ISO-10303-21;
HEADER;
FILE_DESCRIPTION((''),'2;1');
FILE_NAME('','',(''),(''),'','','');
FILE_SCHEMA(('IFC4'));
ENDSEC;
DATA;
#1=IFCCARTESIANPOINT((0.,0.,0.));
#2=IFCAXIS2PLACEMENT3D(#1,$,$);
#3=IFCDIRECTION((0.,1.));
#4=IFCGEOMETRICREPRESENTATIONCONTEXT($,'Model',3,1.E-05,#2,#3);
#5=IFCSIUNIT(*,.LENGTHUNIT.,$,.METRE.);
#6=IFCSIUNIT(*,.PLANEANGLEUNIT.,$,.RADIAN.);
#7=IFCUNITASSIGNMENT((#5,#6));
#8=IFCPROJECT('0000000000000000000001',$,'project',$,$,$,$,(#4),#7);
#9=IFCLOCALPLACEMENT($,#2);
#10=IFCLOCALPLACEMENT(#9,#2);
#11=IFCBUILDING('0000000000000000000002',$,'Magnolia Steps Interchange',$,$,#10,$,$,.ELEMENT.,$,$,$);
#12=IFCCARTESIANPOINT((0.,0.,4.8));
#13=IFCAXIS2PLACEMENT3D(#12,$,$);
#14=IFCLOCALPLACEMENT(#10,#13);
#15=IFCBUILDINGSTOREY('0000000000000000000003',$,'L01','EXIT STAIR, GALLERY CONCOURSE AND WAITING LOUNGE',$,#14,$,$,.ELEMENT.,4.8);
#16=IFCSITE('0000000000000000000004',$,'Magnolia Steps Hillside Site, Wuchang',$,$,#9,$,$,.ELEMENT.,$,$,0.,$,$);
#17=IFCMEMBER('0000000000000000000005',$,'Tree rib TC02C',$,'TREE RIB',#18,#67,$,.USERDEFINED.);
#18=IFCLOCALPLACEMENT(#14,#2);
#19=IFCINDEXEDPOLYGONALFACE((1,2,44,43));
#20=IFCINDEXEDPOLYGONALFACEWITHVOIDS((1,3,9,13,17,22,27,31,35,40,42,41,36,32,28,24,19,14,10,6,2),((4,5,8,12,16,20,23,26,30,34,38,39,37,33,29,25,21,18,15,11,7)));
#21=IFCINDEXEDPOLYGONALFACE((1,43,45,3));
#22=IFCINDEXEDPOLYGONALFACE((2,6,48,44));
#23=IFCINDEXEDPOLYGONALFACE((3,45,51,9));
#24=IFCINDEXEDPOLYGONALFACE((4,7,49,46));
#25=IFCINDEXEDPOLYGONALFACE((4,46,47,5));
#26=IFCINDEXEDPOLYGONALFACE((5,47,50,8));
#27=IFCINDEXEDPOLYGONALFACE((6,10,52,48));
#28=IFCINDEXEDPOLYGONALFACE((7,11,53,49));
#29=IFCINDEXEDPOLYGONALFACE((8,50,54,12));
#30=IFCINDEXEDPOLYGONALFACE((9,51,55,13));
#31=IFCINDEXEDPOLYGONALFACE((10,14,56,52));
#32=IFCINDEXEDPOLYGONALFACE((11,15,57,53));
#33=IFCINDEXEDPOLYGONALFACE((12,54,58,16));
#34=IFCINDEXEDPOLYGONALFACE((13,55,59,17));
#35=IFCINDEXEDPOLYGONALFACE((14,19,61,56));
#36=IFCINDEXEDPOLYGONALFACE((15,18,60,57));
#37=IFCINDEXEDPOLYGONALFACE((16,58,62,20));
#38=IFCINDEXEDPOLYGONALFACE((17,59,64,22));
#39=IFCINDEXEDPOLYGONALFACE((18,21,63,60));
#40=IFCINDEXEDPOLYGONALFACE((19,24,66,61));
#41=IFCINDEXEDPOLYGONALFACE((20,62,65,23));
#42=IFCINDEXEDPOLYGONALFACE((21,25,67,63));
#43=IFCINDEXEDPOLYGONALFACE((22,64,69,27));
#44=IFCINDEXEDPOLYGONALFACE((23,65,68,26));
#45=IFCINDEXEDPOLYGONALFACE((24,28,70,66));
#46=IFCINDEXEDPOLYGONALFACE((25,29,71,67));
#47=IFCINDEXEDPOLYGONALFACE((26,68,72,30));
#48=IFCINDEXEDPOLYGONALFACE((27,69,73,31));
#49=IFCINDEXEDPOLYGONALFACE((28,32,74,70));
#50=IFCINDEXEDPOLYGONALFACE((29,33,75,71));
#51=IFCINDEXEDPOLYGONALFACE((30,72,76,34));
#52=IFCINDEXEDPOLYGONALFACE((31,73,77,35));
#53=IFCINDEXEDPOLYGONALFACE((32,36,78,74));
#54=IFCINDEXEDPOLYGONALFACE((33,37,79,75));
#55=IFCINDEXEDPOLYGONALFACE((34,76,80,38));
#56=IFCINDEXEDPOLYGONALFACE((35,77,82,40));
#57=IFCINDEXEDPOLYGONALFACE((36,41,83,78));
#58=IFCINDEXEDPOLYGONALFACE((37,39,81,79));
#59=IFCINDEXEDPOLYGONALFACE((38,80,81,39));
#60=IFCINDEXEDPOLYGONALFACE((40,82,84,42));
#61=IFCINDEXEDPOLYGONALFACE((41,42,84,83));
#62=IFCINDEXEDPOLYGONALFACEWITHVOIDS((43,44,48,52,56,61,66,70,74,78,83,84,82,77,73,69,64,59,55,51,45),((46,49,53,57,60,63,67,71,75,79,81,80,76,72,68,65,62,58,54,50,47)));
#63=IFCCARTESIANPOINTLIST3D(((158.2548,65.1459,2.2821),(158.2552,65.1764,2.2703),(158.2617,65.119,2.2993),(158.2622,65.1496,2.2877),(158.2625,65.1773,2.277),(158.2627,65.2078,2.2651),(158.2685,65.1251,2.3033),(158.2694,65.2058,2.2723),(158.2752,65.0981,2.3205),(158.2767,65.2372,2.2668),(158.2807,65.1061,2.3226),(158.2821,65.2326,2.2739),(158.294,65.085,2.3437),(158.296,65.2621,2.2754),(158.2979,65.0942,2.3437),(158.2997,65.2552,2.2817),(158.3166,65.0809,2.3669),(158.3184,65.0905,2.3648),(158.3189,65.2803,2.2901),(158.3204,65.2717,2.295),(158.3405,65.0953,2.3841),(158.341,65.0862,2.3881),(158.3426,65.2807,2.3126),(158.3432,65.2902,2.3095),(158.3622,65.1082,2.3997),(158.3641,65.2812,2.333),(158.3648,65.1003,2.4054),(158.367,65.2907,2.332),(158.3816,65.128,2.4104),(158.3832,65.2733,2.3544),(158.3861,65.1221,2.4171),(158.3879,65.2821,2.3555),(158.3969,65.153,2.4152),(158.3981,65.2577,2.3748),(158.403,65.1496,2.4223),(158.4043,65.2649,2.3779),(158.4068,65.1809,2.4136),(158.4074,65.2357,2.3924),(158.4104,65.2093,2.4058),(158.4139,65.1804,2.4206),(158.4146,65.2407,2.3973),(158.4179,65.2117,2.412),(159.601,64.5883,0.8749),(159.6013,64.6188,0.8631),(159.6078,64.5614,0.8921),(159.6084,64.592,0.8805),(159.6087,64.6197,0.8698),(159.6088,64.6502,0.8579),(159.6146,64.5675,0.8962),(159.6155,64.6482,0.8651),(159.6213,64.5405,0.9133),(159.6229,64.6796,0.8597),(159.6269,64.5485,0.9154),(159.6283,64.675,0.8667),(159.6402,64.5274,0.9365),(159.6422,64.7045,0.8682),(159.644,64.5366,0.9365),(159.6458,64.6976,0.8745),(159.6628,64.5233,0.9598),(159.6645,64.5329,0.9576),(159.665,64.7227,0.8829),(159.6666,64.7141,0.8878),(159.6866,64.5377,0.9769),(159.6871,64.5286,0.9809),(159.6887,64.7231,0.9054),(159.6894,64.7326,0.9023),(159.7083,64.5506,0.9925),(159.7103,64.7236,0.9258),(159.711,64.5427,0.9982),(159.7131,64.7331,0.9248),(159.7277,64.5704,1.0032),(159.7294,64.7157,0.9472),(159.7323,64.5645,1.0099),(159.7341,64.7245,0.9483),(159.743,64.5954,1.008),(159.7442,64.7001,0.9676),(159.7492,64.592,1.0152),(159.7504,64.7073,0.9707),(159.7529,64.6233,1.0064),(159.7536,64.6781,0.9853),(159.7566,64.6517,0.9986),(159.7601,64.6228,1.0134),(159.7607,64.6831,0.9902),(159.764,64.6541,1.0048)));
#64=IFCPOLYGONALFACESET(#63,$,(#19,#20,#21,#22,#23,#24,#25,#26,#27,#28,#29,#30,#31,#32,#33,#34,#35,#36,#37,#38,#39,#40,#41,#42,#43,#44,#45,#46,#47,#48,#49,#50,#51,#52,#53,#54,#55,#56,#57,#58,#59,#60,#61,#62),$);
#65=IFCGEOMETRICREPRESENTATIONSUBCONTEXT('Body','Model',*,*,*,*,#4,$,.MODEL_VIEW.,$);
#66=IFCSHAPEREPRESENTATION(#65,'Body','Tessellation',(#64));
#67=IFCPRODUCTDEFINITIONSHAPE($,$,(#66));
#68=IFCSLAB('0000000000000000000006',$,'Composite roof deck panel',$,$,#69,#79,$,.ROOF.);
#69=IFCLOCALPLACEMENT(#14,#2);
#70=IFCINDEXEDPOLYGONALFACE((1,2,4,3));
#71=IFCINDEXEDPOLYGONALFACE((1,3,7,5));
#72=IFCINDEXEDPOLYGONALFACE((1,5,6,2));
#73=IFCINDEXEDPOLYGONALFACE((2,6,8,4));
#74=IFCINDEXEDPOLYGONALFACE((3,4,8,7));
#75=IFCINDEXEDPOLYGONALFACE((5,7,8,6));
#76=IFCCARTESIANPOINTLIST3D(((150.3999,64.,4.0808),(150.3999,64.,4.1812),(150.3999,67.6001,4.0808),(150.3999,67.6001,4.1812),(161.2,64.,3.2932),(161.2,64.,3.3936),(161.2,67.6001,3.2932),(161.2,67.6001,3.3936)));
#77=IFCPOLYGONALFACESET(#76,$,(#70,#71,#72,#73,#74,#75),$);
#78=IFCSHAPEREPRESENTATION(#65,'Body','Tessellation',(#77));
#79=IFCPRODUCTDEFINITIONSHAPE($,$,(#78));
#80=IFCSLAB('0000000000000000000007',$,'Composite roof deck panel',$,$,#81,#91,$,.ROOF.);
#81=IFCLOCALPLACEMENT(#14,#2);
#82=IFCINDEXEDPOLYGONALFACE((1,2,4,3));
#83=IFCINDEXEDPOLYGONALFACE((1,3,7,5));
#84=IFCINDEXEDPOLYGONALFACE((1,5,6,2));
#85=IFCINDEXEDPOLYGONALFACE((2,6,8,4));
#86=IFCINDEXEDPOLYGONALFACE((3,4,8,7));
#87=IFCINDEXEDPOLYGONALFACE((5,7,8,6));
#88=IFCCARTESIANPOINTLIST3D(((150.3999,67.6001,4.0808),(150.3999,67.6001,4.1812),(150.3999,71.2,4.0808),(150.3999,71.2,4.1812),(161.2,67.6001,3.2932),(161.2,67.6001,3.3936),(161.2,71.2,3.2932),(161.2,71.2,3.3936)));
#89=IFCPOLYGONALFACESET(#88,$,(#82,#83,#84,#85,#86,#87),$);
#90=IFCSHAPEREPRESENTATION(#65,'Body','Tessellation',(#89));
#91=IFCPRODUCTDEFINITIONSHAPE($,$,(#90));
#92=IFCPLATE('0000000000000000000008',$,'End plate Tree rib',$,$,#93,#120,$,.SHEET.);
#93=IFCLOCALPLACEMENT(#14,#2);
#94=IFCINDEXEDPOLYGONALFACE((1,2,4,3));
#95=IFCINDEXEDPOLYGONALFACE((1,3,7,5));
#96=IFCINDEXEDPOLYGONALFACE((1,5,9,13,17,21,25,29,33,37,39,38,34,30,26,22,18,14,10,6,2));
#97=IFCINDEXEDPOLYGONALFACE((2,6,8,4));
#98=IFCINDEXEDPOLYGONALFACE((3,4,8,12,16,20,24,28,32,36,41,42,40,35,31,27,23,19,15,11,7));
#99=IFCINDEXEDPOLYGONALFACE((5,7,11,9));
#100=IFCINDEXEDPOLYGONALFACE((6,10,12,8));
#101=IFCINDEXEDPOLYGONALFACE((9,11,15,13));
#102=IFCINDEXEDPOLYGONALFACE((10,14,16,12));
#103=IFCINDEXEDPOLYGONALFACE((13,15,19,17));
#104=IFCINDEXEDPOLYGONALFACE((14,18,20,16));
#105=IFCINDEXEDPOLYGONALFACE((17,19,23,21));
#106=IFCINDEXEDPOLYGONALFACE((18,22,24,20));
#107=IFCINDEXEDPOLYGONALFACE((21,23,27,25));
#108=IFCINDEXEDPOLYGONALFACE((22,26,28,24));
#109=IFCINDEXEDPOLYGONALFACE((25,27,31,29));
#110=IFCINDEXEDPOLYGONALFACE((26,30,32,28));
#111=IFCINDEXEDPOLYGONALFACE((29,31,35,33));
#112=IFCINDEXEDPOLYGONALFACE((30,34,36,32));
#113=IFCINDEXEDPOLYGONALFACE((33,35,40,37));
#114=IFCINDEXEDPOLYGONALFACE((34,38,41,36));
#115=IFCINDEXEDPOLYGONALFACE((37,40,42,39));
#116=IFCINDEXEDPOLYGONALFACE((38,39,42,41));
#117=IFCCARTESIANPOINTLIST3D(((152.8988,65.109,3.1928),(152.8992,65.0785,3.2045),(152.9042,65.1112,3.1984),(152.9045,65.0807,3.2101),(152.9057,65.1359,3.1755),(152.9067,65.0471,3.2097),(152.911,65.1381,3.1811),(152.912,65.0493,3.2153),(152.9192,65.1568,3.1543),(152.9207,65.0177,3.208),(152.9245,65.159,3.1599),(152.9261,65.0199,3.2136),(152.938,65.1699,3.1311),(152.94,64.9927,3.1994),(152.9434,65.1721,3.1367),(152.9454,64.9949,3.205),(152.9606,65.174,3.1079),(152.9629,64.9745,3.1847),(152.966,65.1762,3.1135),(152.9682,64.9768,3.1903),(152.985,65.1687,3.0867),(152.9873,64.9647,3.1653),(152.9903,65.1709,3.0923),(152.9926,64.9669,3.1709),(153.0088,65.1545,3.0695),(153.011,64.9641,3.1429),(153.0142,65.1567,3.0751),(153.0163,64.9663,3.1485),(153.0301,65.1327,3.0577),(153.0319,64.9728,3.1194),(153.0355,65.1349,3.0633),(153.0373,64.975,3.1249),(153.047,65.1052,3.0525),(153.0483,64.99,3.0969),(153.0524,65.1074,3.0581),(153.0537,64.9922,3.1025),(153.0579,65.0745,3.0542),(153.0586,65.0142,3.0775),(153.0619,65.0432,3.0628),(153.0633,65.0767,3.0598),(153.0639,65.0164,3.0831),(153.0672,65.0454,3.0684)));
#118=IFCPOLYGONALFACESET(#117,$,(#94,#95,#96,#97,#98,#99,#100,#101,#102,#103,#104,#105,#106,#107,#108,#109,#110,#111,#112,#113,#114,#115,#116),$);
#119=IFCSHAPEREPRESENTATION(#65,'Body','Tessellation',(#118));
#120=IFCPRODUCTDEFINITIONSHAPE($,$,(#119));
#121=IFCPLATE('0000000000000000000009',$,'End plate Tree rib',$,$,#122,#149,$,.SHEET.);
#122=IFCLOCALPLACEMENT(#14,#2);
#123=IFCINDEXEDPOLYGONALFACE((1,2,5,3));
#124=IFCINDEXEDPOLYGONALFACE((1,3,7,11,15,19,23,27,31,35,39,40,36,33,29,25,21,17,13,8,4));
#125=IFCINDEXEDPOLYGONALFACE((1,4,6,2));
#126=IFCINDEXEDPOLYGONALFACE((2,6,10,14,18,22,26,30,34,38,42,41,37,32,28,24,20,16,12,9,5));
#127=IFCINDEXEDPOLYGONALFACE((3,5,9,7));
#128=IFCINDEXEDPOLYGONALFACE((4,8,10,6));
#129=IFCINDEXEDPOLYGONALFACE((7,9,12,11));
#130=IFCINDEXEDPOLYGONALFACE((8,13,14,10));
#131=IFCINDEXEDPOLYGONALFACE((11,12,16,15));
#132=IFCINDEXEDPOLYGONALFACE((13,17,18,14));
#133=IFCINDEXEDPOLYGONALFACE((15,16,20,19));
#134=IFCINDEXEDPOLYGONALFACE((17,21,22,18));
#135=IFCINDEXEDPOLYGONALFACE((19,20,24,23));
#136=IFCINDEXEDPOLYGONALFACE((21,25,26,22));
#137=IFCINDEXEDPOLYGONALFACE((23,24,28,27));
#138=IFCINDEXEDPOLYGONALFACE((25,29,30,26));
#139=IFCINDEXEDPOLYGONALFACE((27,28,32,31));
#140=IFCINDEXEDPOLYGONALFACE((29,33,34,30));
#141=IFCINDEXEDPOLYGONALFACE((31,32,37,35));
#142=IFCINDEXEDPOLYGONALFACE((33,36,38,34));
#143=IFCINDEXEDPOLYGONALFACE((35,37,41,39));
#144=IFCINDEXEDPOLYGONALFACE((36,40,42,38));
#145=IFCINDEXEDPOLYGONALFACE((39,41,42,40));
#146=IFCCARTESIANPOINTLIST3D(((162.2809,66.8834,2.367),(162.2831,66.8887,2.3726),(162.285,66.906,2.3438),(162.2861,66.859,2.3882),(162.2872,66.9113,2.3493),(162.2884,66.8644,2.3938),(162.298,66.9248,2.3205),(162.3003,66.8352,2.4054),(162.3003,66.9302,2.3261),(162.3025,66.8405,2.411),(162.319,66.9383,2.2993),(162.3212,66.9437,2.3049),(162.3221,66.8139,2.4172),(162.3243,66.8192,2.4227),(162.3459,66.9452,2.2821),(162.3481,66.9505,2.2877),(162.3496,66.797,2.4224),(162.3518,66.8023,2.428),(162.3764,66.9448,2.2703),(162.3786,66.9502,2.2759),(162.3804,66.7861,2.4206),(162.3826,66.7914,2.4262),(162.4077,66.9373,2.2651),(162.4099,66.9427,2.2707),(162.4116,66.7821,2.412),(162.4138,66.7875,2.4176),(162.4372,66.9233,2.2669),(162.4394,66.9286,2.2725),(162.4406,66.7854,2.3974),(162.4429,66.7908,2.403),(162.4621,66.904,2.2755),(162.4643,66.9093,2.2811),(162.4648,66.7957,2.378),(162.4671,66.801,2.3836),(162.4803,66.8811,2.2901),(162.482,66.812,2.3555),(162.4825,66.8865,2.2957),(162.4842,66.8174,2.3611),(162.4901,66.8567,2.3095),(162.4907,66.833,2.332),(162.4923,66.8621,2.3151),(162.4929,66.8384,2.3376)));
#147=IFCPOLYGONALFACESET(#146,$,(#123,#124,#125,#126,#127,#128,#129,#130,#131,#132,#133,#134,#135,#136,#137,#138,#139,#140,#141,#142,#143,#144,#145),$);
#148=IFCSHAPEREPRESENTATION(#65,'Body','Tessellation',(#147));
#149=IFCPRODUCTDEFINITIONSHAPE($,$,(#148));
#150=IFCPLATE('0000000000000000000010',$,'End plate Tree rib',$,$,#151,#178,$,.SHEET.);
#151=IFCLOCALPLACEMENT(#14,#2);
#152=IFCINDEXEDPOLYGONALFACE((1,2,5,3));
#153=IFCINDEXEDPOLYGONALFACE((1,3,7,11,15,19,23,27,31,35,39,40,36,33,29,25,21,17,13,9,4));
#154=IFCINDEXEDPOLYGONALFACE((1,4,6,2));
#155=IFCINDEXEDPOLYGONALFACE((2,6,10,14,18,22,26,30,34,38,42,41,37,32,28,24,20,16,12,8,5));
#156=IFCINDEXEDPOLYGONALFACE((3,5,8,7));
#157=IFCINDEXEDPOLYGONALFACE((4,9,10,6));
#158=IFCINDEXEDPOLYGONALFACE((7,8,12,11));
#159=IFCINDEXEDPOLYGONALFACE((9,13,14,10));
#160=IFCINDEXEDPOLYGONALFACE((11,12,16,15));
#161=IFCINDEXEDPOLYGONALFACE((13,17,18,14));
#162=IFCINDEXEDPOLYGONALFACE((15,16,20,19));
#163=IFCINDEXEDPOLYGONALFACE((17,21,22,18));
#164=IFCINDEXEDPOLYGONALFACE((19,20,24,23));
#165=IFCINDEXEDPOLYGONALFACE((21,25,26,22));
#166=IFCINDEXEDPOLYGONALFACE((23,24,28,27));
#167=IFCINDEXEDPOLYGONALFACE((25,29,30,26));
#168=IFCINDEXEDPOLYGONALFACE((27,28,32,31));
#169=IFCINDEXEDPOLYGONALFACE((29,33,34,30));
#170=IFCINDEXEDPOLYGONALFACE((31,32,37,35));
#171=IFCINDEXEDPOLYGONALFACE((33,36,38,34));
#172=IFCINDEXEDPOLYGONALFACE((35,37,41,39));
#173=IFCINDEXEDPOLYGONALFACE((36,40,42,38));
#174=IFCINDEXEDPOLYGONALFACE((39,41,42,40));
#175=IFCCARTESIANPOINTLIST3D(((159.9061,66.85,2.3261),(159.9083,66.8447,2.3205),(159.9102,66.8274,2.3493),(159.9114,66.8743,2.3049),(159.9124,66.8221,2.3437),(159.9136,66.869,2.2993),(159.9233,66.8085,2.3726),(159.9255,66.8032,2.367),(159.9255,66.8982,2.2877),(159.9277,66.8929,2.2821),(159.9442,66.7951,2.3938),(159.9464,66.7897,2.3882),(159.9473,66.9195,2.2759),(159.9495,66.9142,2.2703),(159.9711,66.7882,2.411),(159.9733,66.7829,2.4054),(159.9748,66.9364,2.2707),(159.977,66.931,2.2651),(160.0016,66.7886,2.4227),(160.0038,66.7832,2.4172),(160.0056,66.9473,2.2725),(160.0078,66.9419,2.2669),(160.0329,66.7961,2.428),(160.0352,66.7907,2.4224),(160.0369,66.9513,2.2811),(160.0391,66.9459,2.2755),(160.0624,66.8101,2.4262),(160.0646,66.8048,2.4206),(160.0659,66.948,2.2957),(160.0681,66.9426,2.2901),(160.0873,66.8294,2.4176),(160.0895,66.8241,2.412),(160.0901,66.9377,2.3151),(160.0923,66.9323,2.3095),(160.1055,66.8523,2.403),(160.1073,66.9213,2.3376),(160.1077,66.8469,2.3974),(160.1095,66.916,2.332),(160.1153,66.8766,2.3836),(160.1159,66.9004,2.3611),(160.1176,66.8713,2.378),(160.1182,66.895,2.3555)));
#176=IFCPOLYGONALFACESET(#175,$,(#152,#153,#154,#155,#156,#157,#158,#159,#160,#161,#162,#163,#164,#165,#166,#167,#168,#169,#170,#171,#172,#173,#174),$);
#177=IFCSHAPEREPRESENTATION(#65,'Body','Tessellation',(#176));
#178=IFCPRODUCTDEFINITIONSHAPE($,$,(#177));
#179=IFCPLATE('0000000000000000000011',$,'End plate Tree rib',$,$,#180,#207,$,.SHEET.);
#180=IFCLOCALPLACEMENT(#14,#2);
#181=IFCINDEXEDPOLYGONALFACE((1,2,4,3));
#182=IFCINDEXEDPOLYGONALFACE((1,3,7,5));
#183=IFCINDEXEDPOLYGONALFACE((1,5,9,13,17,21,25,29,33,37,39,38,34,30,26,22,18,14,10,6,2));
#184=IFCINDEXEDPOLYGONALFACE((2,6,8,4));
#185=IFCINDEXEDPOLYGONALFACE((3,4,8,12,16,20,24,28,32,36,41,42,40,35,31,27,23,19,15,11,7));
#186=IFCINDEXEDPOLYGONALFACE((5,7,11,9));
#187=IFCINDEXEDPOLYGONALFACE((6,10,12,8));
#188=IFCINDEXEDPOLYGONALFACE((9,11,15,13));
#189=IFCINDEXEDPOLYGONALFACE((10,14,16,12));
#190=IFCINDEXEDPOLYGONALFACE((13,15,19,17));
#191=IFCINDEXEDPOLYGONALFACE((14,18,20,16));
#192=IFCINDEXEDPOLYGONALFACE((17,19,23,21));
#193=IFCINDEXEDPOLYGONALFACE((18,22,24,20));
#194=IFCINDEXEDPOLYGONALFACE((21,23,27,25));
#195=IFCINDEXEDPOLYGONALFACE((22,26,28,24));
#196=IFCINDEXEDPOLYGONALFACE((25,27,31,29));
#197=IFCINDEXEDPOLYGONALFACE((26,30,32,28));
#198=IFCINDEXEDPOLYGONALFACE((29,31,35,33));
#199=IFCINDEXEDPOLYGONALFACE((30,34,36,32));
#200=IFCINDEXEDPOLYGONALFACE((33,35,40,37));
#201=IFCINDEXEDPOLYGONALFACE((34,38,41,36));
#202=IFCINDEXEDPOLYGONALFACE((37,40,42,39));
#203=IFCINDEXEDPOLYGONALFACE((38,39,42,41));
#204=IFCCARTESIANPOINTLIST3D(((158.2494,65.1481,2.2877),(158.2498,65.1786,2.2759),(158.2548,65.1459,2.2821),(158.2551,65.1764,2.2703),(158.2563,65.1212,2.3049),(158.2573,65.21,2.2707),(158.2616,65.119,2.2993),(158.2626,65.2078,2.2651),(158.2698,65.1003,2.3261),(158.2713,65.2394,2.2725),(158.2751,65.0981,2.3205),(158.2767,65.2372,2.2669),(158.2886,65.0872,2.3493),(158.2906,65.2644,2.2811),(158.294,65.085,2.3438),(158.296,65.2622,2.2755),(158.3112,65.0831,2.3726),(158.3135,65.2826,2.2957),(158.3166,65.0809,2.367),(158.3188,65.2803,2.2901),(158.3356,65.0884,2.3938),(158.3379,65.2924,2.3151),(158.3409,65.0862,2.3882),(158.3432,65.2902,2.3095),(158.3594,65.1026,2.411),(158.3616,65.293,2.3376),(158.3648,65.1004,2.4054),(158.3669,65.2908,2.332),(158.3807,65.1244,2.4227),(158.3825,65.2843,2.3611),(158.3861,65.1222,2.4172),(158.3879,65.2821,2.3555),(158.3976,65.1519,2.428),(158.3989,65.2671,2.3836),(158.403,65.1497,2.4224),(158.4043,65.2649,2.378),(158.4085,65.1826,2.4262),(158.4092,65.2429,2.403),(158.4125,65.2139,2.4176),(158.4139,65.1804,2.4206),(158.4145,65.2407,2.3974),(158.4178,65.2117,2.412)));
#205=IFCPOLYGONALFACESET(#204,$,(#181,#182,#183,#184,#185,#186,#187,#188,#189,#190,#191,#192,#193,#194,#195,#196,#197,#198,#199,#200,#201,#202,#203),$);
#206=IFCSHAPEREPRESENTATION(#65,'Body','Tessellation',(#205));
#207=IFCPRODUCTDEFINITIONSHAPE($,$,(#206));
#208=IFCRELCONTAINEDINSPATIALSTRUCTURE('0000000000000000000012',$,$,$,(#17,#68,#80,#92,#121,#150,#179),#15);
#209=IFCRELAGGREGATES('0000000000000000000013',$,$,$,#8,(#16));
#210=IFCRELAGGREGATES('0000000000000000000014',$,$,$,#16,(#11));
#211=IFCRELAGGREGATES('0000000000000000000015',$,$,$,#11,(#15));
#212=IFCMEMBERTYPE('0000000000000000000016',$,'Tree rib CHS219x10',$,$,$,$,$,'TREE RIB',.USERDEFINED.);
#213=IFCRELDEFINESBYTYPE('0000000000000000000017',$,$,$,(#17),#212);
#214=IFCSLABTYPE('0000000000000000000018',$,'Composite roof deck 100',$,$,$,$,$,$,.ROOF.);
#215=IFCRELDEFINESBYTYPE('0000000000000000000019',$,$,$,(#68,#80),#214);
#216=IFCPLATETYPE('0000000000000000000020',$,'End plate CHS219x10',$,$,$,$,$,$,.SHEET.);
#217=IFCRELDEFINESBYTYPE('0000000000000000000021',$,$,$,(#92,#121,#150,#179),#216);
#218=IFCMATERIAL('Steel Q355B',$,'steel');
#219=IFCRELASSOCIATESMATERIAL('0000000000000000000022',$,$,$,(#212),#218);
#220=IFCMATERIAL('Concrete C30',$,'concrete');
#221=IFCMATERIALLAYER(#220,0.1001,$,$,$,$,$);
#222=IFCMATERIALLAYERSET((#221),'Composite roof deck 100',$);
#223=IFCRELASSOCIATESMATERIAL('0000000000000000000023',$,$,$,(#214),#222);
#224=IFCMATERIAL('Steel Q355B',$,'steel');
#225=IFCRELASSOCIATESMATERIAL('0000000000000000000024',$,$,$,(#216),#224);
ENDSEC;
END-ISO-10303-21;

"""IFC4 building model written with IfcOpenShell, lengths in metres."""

from ifc_helpers import new_model, si_unit, direction, frame, origin, origin_2d, place, context, subcontext, project, spatial, polyline, circle, hollow_circle, outline, extrude, material, layer, layer_set, material_profile, profile_set, type_object, element, save


model = new_model("IFC4")

# Units and contexts
model_context = context("Model", 3, precision=1e-05, world=origin(), true_north=direction((0.0, 1.0)))
body_context = subcontext(model_context, "Body", "Model", "MODEL_VIEW")
ifc_project = project(units=[si_unit("LENGTHUNIT", "METRE"), si_unit("PLANEANGLEUNIT", "RADIAN")], contexts=[model_context])

# Site, building, storey
site_placement = place(None, origin())
site = spatial("IfcSite", under=ifc_project, at=site_placement, Name="Magnolia Steps Hillside Site, Wuchang", CompositionType="ELEMENT", RefElevation=0.0)
building_placement = place(site_placement, origin())
building = spatial("IfcBuilding", under=site, at=building_placement, Name="Magnolia Steps Interchange", CompositionType="ELEMENT")
storey_placement = place(building_placement, frame((0.0, 0.0, 4.8)))
storey = spatial("IfcBuildingStorey", under=building, at=storey_placement, Name="L01", Description="EXIT STAIR, GALLERY CONCOURSE AND WAITING LOUNGE", CompositionType="ELEMENT", Elevation=4.8)

# Member
ifc_material_1 = material(Name="Steel Q355B", Category="steel")
ifc_material_profile_1 = material_profile(ifc_material_1, hollow_circle(Radius=0.1096, WallThickness=0.01, at=origin_2d()), Name="CHS219x10")
ifc_profile_set_1 = profile_set([ifc_material_profile_1], Name="Steel Q355B")
member_type = type_object("IfcMemberType", Name="Tree rib CHS219x10", ElementType="TREE RIB", PredefinedType="USERDEFINED", material=ifc_profile_set_1)
member_1_placement = place(storey_placement, frame((159.6821, 64.6287, 0.9365), z_axis=(-0.664557, 0.275272, 0.694687), x_axis=(-0.382687, -0.923878, 0.0)))
element("IfcMember", 1, at=member_1_placement, inside=storey, type_object=member_type, Name="Tree rib TC02C", ObjectType="TREE RIB", PredefinedType="USERDEFINED", context=body_context, shape_type="SweptSolid", body=[
    extrude(hollow_circle(Radius=0.1096, WallThickness=0.01, at=origin_2d()), origin(), (0.0, 0.0, 1.0), 2.0256),
])

# Slabs
ifc_material_2 = material(Name="Concrete C30", Category="concrete")
ifc_layer = layer(ifc_material_2, 0.1001)
ifc_layer_set = layer_set([ifc_layer], Name="Composite roof deck 100")
slab_type = type_object("IfcSlabType", Name="Composite roof deck 100", PredefinedType="ROOF", material=ifc_layer_set)
slab_1_placement = place(storey_placement, frame((161.2, 64.0, 3.3936), z_axis=(0.072732, 0.0, 0.997352), x_axis=(0.0, 1.0, 0.0)))
element("IfcSlab", 2, at=slab_1_placement, inside=storey, type_object=slab_type, Name="Composite roof deck panel", PredefinedType="ROOF", context=body_context, shape_type="SweptSolid", body=[
    extrude(outline(polyline([(0.0, 0.0), (3.6001, 0.0), (3.6001, 10.8287), (0.0, 10.8287), (0.0, 0.0)])), origin(), (0.0, -0.072732, -0.997352), 0.1003),
])
slab_2_placement = place(storey_placement, frame((161.2, 67.6001, 3.3936), z_axis=(0.072732, 0.0, 0.997352), x_axis=(0.0, 1.0, 0.0)))
element("IfcSlab", 3, at=slab_2_placement, inside=storey, type_object=slab_type, Name="Composite roof deck panel", PredefinedType="ROOF", context=body_context, shape_type="SweptSolid", body=[
    extrude(outline(polyline([(0.0, 0.0), (3.5999, 0.0), (3.5999, 10.8287), (0.0, 10.8287), (0.0, 0.0)])), origin(), (0.0, -0.072732, -0.997352), 0.1003),
])

# Plates
ifc_material_3 = material(Name="Steel Q355B", Category="steel")
ifc_material_profile_2 = material_profile(ifc_material_3, circle(Radius=0.1096, at=origin_2d()), Name="End plate CHS219x10")
ifc_profile_set_2 = profile_set([ifc_material_profile_2], Name="Steel Q355B")
plate_type = type_object("IfcPlateType", Name="End plate CHS219x10", PredefinedType="SHEET", material=ifc_profile_set_2)
for number, where, z_axis, x_axis, name in (
    (4, (152.98, 65.0686, 3.1311), (0.664583, 0.275279, 0.694658), (-0.382683, 0.92388, 0.0), "End plate Tree rib"),
    (5, (162.3862, 66.864, 2.3438), (0.275279, 0.664583, 0.694658), (-0.92388, 0.382683, 0.0), "End plate Tree rib"),
    (6, (160.0137, 66.864, 2.3438), (-0.275279, 0.664583, 0.694658), (-0.92388, -0.382683, 0.0), "End plate Tree rib"),
    (7, (158.3359, 65.1863, 2.3438), (-0.664583, 0.275279, 0.694658), (-0.382683, -0.92388, 0.0), "End plate Tree rib"),
):
    element("IfcPlate", number, at=place(storey_placement, frame(where, z_axis=z_axis, x_axis=x_axis)), inside=storey, type_object=plate_type, Name=name, PredefinedType="SHEET", context=body_context, shape_type="SweptSolid", body=[
        extrude(circle(Radius=0.1096, at=origin_2d()), origin(), (0.0, 0.0, 1.0), 0.0081),
    ])

save(model, "model.ifc")
